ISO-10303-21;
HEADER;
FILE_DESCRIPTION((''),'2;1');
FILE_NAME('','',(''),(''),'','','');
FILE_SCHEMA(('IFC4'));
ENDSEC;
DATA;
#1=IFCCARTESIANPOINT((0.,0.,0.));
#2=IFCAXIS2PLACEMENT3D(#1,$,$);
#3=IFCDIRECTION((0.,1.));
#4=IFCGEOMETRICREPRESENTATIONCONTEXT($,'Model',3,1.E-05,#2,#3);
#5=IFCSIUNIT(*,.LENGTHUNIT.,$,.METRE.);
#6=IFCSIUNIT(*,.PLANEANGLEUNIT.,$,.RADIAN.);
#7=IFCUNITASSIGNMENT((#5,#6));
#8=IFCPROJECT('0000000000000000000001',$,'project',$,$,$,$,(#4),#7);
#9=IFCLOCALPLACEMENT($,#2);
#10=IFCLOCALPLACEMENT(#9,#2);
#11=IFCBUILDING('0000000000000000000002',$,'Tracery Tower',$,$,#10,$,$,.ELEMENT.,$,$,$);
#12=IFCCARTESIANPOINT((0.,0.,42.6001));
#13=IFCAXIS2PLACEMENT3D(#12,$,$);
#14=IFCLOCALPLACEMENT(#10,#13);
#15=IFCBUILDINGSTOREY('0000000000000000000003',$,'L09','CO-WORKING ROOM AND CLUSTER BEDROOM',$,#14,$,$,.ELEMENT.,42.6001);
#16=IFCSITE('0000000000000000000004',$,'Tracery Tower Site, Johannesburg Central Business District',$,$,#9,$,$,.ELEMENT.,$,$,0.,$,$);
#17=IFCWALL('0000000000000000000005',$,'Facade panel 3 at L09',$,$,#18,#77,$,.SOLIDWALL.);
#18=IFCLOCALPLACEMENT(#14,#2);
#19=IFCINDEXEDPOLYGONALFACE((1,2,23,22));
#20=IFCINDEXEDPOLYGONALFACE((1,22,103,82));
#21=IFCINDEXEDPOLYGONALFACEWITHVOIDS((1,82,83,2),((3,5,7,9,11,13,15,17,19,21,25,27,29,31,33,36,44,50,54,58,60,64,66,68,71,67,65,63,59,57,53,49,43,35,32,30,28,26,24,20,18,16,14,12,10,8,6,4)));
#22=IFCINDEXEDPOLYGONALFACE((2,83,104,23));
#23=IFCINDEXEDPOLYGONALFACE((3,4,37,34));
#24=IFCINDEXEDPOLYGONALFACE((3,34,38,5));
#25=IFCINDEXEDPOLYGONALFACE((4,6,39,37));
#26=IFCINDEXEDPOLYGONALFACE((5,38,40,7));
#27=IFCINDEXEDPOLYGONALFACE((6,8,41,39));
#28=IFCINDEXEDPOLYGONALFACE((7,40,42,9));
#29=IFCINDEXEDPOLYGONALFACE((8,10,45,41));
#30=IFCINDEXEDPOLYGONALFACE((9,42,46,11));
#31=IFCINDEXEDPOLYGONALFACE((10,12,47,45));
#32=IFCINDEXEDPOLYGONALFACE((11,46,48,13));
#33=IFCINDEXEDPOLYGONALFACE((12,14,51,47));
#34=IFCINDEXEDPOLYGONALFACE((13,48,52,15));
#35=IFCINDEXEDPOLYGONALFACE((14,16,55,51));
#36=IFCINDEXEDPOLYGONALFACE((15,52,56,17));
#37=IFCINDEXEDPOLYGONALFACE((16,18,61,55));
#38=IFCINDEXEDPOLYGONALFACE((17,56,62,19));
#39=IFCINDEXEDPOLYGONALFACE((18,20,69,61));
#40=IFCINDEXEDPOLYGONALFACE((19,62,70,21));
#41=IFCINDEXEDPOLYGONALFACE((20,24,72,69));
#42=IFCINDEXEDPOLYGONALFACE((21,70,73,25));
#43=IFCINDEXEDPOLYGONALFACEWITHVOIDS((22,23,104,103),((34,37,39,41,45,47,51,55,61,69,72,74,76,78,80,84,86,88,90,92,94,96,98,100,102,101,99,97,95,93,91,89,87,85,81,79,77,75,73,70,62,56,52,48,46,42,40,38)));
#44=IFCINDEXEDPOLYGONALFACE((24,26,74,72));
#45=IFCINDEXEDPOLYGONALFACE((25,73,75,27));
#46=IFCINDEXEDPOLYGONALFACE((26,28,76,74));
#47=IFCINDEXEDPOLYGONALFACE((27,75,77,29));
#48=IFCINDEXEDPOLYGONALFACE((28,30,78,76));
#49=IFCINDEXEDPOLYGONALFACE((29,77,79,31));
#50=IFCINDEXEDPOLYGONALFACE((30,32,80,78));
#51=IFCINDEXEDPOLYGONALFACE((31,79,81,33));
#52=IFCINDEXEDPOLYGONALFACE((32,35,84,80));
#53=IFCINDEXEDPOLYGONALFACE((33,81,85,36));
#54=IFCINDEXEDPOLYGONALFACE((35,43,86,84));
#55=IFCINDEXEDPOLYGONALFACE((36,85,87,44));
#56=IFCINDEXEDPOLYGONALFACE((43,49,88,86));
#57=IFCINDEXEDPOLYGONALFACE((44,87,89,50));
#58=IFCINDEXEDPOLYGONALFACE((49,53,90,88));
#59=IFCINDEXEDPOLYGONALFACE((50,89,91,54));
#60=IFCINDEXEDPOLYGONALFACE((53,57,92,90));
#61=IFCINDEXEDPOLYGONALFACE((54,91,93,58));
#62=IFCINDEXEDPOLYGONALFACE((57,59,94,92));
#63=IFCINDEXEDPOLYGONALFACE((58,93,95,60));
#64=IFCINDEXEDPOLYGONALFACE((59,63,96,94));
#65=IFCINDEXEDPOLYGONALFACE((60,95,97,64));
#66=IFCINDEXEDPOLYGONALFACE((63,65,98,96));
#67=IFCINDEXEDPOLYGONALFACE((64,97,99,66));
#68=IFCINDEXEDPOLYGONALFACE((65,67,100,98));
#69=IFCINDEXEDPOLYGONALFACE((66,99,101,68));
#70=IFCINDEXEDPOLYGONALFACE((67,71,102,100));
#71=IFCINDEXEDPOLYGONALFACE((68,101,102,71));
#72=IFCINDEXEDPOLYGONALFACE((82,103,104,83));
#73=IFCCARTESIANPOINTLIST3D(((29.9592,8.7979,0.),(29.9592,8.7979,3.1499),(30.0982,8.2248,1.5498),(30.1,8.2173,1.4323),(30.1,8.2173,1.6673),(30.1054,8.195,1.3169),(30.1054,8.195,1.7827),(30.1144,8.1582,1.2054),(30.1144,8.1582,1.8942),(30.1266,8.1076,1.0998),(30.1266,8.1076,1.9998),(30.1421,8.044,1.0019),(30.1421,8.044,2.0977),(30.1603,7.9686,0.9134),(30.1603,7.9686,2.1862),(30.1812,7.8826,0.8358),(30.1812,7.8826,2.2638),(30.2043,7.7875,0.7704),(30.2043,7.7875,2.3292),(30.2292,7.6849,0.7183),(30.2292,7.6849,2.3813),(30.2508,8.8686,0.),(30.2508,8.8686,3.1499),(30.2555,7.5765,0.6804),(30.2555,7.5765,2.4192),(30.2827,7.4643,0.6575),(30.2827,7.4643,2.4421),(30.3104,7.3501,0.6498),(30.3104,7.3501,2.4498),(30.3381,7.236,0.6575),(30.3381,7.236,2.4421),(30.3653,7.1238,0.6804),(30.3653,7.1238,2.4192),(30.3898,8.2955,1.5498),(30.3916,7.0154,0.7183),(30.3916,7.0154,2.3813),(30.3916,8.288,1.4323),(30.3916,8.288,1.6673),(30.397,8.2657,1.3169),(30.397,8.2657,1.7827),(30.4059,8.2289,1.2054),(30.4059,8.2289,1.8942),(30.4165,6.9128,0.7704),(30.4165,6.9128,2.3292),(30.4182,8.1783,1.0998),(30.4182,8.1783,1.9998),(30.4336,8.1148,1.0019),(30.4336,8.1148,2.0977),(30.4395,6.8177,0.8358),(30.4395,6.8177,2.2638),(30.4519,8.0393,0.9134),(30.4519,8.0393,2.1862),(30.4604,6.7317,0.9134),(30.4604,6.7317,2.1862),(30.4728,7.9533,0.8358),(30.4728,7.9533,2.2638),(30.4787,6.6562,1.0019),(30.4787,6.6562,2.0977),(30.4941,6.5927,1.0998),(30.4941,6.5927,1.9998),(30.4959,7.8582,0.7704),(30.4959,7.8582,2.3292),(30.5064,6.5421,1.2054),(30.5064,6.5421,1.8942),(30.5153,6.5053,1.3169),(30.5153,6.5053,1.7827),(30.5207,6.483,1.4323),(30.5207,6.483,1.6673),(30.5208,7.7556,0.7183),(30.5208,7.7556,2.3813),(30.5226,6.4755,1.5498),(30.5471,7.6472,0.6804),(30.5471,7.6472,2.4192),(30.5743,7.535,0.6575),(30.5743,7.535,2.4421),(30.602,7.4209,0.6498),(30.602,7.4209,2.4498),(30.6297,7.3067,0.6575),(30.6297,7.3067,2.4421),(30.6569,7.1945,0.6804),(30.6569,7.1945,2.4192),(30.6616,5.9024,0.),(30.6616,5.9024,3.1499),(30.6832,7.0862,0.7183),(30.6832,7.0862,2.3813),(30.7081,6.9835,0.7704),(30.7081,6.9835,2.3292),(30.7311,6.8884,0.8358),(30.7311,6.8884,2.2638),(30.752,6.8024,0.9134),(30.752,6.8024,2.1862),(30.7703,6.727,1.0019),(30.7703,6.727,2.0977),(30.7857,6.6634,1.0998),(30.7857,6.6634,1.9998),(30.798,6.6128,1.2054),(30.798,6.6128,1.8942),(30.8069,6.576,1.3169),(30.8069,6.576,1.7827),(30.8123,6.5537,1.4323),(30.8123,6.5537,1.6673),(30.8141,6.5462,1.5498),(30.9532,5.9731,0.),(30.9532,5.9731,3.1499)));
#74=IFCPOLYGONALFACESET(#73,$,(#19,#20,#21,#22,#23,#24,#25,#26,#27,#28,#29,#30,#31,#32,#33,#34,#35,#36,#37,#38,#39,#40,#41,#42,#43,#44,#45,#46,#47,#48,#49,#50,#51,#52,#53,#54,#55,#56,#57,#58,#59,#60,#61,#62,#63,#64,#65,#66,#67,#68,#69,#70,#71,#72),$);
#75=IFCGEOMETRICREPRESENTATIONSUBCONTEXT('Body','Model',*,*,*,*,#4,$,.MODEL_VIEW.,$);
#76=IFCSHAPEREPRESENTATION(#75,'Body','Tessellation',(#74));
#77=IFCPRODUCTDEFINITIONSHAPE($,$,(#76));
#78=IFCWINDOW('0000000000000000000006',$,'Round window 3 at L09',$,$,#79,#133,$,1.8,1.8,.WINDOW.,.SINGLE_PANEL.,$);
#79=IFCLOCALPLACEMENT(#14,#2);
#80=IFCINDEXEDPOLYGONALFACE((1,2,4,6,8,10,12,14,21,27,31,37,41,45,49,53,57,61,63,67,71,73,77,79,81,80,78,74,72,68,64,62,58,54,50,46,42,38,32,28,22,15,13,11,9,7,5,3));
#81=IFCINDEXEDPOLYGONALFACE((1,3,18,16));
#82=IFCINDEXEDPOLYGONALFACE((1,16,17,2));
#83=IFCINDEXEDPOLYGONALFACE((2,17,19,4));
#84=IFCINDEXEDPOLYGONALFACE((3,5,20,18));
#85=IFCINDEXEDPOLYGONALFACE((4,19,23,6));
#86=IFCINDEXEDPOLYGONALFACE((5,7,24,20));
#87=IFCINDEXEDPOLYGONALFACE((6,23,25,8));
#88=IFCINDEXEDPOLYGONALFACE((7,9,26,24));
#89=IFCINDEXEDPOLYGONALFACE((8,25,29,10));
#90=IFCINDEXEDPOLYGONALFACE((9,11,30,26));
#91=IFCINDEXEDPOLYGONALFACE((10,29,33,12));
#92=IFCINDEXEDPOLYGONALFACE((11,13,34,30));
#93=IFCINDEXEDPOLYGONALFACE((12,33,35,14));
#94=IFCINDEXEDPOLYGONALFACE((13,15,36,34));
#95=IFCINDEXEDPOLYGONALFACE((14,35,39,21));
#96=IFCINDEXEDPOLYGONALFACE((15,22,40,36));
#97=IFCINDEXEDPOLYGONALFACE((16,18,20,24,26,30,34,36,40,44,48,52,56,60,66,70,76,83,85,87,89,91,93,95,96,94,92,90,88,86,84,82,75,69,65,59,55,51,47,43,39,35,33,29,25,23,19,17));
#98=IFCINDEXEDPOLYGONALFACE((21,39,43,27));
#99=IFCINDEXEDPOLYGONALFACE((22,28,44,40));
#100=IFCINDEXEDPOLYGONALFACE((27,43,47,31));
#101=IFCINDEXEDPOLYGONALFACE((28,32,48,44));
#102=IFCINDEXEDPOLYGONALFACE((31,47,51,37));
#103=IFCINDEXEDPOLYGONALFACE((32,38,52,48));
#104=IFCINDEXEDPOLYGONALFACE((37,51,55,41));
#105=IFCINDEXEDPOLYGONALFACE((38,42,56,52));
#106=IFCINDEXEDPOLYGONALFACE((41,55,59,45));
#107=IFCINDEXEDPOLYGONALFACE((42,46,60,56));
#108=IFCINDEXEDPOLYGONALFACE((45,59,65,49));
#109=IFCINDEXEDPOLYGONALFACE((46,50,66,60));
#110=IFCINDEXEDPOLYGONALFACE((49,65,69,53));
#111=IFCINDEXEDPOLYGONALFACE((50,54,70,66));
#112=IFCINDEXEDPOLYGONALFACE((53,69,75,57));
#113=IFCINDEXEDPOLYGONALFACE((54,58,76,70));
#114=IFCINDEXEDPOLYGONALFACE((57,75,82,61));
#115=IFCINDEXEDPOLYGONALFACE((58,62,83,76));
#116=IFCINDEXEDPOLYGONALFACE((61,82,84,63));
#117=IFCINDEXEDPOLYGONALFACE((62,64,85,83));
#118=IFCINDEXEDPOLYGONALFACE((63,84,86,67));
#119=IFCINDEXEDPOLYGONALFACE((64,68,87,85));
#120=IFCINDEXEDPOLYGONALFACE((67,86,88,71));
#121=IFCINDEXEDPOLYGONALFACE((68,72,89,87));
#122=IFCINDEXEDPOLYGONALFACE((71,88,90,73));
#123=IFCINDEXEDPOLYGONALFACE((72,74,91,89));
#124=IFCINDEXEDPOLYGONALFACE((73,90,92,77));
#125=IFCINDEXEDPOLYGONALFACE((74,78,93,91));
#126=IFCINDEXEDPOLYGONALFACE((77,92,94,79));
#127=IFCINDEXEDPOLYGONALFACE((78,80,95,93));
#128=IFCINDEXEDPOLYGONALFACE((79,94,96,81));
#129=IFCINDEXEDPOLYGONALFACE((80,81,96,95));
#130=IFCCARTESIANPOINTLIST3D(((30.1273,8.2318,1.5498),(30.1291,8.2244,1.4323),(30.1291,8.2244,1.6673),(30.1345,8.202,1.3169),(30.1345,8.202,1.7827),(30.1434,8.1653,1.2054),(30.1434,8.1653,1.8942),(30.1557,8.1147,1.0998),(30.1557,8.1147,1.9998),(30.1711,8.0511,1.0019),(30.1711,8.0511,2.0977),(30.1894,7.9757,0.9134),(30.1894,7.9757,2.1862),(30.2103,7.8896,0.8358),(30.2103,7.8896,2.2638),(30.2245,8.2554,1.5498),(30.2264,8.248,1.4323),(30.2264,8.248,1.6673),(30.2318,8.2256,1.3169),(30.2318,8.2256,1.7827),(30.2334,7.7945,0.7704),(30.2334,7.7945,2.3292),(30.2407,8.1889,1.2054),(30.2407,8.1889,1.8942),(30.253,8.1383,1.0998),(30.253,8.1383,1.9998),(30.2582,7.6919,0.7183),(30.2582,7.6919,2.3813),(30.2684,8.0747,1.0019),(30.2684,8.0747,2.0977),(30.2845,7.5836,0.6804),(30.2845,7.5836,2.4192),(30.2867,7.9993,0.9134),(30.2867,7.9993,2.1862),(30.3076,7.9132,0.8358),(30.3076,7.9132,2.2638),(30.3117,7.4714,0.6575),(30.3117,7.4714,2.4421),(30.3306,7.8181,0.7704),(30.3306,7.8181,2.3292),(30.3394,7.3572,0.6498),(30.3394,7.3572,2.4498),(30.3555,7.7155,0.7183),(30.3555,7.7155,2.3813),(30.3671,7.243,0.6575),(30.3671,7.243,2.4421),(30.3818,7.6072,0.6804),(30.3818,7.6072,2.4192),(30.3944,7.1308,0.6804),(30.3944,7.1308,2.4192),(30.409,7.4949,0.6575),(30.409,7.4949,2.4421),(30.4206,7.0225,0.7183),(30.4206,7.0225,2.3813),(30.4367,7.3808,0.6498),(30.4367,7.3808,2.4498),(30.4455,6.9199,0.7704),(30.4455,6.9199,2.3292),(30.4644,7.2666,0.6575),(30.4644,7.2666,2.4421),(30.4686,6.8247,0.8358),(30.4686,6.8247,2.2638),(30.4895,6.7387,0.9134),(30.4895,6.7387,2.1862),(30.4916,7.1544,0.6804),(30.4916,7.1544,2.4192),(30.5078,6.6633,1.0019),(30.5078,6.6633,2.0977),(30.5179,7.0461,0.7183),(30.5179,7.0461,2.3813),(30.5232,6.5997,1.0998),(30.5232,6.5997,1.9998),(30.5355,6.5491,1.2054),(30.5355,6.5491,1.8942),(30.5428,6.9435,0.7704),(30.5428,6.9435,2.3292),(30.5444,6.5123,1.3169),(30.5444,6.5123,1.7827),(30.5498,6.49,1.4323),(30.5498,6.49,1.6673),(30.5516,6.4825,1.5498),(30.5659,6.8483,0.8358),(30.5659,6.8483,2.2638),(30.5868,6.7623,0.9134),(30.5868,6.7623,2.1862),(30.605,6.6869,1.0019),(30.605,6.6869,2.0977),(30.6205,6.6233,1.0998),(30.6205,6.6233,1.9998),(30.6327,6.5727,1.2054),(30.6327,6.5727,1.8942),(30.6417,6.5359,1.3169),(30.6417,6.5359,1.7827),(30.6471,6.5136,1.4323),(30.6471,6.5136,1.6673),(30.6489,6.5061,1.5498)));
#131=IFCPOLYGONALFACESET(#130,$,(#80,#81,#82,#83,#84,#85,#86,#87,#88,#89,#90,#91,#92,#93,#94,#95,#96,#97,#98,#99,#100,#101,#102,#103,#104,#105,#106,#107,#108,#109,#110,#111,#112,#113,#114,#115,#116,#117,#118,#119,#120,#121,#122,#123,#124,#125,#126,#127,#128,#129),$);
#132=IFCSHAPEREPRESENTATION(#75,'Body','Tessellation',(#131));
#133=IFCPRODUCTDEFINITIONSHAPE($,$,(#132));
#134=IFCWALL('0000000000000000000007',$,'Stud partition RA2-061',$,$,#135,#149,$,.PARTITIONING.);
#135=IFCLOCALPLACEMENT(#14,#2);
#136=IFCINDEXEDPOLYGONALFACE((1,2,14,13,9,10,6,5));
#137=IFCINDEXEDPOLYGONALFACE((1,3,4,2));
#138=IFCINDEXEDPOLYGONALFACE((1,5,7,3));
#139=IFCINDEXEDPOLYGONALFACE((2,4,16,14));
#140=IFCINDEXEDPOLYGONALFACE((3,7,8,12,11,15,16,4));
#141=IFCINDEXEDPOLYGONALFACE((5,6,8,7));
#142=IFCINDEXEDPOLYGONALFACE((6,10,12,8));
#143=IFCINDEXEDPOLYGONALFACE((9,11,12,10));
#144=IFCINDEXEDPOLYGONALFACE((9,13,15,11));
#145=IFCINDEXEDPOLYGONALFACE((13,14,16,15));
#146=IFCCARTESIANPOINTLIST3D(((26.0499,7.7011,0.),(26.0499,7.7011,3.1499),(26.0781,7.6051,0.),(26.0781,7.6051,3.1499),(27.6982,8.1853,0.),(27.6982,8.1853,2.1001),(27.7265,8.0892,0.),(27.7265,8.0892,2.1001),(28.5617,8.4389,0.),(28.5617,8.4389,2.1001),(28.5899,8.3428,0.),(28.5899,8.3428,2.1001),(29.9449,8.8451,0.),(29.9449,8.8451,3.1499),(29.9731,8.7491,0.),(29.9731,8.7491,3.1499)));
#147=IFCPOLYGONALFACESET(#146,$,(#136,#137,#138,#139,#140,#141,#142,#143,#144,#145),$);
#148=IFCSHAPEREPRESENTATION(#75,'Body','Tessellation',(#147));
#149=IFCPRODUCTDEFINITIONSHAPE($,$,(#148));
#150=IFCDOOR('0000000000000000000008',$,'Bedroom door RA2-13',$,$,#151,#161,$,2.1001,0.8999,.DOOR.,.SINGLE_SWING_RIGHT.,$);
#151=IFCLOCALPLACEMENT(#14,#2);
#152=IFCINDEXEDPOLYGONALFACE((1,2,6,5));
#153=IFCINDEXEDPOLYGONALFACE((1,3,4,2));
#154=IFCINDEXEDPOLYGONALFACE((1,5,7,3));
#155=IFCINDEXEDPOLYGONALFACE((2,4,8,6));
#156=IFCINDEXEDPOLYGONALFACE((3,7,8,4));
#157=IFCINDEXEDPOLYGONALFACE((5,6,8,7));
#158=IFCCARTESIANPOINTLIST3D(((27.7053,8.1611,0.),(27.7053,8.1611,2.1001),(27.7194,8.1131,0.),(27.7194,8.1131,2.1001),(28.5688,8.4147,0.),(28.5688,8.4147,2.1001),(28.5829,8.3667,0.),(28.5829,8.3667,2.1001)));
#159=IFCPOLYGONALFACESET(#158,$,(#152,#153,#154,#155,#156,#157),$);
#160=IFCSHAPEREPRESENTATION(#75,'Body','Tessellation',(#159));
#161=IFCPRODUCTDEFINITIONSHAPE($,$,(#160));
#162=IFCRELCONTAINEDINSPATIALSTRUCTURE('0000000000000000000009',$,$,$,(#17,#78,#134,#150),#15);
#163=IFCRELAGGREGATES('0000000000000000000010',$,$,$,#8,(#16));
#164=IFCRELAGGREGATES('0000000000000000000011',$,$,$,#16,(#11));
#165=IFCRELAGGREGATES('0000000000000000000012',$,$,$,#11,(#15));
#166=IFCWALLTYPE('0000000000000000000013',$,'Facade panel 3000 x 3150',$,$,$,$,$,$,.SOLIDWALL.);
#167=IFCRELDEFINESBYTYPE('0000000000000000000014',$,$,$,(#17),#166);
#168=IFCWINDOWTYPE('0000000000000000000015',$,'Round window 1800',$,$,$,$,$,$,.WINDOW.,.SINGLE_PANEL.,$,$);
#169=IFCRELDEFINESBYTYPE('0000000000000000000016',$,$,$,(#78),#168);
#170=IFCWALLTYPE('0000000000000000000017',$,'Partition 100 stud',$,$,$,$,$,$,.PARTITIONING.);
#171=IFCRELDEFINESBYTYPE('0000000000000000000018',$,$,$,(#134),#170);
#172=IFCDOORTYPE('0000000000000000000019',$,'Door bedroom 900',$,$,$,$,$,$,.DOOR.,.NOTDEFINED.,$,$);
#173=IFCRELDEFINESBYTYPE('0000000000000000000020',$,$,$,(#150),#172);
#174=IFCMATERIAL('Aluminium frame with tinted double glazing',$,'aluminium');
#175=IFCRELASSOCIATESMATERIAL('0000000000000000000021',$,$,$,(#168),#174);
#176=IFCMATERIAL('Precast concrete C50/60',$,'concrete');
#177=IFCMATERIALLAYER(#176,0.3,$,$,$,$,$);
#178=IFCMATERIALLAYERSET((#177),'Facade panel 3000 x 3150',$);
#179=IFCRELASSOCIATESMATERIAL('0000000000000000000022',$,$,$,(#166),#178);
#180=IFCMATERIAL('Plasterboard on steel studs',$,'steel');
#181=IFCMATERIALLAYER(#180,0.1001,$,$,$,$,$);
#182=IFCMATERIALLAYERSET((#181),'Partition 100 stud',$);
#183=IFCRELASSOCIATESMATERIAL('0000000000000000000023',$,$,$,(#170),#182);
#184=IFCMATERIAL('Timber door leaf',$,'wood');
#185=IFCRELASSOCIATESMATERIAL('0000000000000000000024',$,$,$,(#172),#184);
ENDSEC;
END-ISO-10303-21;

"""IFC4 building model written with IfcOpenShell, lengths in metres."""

from ifc_helpers import new_model, si_unit, direction, frame, frame_2d, origin, origin_2d, place, context, subcontext, project, spatial, rectangle, circle, extrude, material, layer, layer_set, type_object, element, fill, save


model = new_model("IFC4")

# Units and contexts
model_context = context("Model", 3, precision=1e-05, world=origin(), true_north=direction((0.0, 1.0)))
body_context = subcontext(model_context, "Body", "Model", "MODEL_VIEW")
ifc_project = project(units=[si_unit("LENGTHUNIT", "METRE"), si_unit("PLANEANGLEUNIT", "RADIAN")], contexts=[model_context])

# Site, building, storey
site_placement = place(None, origin())
site = spatial("IfcSite", under=ifc_project, at=site_placement, Name="Tracery Tower Site, Johannesburg Central Business District", CompositionType="ELEMENT", RefElevation=0.0)
building_placement = place(site_placement, origin())
building = spatial("IfcBuilding", under=site, at=building_placement, Name="Tracery Tower", CompositionType="ELEMENT")
storey_placement = place(building_placement, frame((0.0, 0.0, 42.6001)))
storey = spatial("IfcBuildingStorey", under=building, at=storey_placement, Name="L09", Description="CO-WORKING ROOM AND CLUSTER BEDROOM", CompositionType="ELEMENT", Elevation=42.6001)

# Wall, opening, window
ifc_material_1 = material(Name="Aluminium frame with tinted double glazing", Category="aluminium")
window_type = type_object("IfcWindowType", Name="Round window 1800", PartitioningType="SINGLE_PANEL", PredefinedType="WINDOW", material=ifc_material_1)
ifc_material_2 = material(Name="Precast concrete C50/60", Category="concrete")
ifc_layer_1 = layer(ifc_material_2, 0.3)
ifc_layer_set_1 = layer_set([ifc_layer_1], Name="Facade panel 3000 x 3150")
wall_type_1 = type_object("IfcWallType", Name="Facade panel 3000 x 3150", PredefinedType="SOLIDWALL", material=ifc_layer_set_1)
wall_1_placement = place(storey_placement, frame((30.8074, 5.9377, 0.0), z_axis=(0.0, 0.0, 1.0), x_axis=(-0.235743, 0.971815, 0.0)))
wall_1 = element("IfcWall", 1, at=wall_1_placement, inside=storey, type_object=wall_type_1, Name="Facade panel 3 at L09", PredefinedType="SOLIDWALL", context=body_context, shape_type="SweptSolid", body=[
    extrude(rectangle(XDim=2.9795, YDim=0.3, at=frame_2d((1.4897, 0.0))), origin(), (0.0, 0.0, 1.0), 3.1499),
])
opening_1_placement = place(wall_1_placement, frame((1.4897, 0.0, 1.5498)))
opening_1 = element("IfcOpeningElement", 2, at=opening_1_placement, cuts=wall_1, PredefinedType="OPENING", context=body_context, shape_type="SweptSolid", body=[
    extrude(circle(Radius=0.9, at=origin_2d()), frame((0.0, 0.1599, 0.0), z_axis=(0.0, -1.0, 0.0), x_axis=(1.0, 0.0, 0.0)), (0.0, 0.0, 1.0), 0.3201),
])
window_1_placement = place(opening_1_placement, origin())
window_1 = element("IfcWindow", 3, at=window_1_placement, inside=storey, type_object=window_type, Name="Round window 3 at L09", OverallHeight=1.8, OverallWidth=1.8, PartitioningType="SINGLE_PANEL", PredefinedType="WINDOW", context=body_context, shape_type="SweptSolid", body=[
    extrude(circle(Radius=0.9, at=origin_2d()), frame((0.0, 0.1201, 0.0), z_axis=(0.0, -1.0, 0.0), x_axis=(1.0, 0.0, 0.0)), (0.0, 0.0, 1.0), 0.1001),
])
fill(opening_1, window_1)

# Wall, opening, door
ifc_material_3 = material(Name="Plasterboard on steel studs", Category="steel")
ifc_layer_2 = layer(ifc_material_3, 0.1001)
ifc_layer_set_2 = layer_set([ifc_layer_2], Name="Partition 100 stud")
wall_type_2 = type_object("IfcWallType", Name="Partition 100 stud", PredefinedType="PARTITIONING", material=ifc_layer_set_2)
wall_2_placement = place(storey_placement, frame((26.064, 7.6531, 0.0), z_axis=(0.0, 0.0, 1.0), x_axis=(0.959469, 0.281815, 0.0)))
wall_2 = element("IfcWall", 4, at=wall_2_placement, inside=storey, type_object=wall_type_2, Name="Stud partition RA2-061", PredefinedType="PARTITIONING", context=body_context, shape_type="SweptSolid", body=[
    extrude(rectangle(XDim=4.0596, YDim=0.1001, at=frame_2d((2.0298, 0.0))), origin(), (0.0, 0.0, 1.0), 3.1499),
])
opening_2_placement = place(wall_2_placement, frame((1.718, 0.0, 0.0)))
opening_2 = element("IfcOpeningElement", 5, at=opening_2_placement, cuts=wall_2, PredefinedType="OPENING", context=body_context, shape_type="SweptSolid", body=[
    extrude(rectangle(XDim=0.8999, YDim=2.1001, at=frame_2d((0.45, 1.05))), frame((0.0, 0.05, 0.0), z_axis=(0.0, -1.0, 0.0), x_axis=(1.0, 0.0, 0.0)), (0.0, 0.0, 1.0), 0.1001),
])
ifc_material_4 = material(Name="Timber door leaf", Category="wood")
door_type_1 = type_object("IfcDoorType", Name="Door bedroom 900", OperationType="NOTDEFINED", PredefinedType="DOOR", material=ifc_material_4)
door_1_placement = place(opening_2_placement, origin())
door_1 = element("IfcDoor", 6, at=door_1_placement, inside=storey, type_object=door_type_1, Name="Bedroom door RA2-13", OperationType="SINGLE_SWING_RIGHT", OverallHeight=2.1001, OverallWidth=0.8999, PredefinedType="DOOR", context=body_context, shape_type="SweptSolid", body=[
    extrude(rectangle(XDim=0.8999, YDim=2.1001, at=frame_2d((0.45, 1.05))), frame((0.0, 0.0249, 0.0), z_axis=(0.0, -1.0, 0.0), x_axis=(1.0, 0.0, 0.0)), (0.0, 0.0, 1.0), 0.05),
])
fill(opening_2, door_1)

save(model, "model.ifc")
